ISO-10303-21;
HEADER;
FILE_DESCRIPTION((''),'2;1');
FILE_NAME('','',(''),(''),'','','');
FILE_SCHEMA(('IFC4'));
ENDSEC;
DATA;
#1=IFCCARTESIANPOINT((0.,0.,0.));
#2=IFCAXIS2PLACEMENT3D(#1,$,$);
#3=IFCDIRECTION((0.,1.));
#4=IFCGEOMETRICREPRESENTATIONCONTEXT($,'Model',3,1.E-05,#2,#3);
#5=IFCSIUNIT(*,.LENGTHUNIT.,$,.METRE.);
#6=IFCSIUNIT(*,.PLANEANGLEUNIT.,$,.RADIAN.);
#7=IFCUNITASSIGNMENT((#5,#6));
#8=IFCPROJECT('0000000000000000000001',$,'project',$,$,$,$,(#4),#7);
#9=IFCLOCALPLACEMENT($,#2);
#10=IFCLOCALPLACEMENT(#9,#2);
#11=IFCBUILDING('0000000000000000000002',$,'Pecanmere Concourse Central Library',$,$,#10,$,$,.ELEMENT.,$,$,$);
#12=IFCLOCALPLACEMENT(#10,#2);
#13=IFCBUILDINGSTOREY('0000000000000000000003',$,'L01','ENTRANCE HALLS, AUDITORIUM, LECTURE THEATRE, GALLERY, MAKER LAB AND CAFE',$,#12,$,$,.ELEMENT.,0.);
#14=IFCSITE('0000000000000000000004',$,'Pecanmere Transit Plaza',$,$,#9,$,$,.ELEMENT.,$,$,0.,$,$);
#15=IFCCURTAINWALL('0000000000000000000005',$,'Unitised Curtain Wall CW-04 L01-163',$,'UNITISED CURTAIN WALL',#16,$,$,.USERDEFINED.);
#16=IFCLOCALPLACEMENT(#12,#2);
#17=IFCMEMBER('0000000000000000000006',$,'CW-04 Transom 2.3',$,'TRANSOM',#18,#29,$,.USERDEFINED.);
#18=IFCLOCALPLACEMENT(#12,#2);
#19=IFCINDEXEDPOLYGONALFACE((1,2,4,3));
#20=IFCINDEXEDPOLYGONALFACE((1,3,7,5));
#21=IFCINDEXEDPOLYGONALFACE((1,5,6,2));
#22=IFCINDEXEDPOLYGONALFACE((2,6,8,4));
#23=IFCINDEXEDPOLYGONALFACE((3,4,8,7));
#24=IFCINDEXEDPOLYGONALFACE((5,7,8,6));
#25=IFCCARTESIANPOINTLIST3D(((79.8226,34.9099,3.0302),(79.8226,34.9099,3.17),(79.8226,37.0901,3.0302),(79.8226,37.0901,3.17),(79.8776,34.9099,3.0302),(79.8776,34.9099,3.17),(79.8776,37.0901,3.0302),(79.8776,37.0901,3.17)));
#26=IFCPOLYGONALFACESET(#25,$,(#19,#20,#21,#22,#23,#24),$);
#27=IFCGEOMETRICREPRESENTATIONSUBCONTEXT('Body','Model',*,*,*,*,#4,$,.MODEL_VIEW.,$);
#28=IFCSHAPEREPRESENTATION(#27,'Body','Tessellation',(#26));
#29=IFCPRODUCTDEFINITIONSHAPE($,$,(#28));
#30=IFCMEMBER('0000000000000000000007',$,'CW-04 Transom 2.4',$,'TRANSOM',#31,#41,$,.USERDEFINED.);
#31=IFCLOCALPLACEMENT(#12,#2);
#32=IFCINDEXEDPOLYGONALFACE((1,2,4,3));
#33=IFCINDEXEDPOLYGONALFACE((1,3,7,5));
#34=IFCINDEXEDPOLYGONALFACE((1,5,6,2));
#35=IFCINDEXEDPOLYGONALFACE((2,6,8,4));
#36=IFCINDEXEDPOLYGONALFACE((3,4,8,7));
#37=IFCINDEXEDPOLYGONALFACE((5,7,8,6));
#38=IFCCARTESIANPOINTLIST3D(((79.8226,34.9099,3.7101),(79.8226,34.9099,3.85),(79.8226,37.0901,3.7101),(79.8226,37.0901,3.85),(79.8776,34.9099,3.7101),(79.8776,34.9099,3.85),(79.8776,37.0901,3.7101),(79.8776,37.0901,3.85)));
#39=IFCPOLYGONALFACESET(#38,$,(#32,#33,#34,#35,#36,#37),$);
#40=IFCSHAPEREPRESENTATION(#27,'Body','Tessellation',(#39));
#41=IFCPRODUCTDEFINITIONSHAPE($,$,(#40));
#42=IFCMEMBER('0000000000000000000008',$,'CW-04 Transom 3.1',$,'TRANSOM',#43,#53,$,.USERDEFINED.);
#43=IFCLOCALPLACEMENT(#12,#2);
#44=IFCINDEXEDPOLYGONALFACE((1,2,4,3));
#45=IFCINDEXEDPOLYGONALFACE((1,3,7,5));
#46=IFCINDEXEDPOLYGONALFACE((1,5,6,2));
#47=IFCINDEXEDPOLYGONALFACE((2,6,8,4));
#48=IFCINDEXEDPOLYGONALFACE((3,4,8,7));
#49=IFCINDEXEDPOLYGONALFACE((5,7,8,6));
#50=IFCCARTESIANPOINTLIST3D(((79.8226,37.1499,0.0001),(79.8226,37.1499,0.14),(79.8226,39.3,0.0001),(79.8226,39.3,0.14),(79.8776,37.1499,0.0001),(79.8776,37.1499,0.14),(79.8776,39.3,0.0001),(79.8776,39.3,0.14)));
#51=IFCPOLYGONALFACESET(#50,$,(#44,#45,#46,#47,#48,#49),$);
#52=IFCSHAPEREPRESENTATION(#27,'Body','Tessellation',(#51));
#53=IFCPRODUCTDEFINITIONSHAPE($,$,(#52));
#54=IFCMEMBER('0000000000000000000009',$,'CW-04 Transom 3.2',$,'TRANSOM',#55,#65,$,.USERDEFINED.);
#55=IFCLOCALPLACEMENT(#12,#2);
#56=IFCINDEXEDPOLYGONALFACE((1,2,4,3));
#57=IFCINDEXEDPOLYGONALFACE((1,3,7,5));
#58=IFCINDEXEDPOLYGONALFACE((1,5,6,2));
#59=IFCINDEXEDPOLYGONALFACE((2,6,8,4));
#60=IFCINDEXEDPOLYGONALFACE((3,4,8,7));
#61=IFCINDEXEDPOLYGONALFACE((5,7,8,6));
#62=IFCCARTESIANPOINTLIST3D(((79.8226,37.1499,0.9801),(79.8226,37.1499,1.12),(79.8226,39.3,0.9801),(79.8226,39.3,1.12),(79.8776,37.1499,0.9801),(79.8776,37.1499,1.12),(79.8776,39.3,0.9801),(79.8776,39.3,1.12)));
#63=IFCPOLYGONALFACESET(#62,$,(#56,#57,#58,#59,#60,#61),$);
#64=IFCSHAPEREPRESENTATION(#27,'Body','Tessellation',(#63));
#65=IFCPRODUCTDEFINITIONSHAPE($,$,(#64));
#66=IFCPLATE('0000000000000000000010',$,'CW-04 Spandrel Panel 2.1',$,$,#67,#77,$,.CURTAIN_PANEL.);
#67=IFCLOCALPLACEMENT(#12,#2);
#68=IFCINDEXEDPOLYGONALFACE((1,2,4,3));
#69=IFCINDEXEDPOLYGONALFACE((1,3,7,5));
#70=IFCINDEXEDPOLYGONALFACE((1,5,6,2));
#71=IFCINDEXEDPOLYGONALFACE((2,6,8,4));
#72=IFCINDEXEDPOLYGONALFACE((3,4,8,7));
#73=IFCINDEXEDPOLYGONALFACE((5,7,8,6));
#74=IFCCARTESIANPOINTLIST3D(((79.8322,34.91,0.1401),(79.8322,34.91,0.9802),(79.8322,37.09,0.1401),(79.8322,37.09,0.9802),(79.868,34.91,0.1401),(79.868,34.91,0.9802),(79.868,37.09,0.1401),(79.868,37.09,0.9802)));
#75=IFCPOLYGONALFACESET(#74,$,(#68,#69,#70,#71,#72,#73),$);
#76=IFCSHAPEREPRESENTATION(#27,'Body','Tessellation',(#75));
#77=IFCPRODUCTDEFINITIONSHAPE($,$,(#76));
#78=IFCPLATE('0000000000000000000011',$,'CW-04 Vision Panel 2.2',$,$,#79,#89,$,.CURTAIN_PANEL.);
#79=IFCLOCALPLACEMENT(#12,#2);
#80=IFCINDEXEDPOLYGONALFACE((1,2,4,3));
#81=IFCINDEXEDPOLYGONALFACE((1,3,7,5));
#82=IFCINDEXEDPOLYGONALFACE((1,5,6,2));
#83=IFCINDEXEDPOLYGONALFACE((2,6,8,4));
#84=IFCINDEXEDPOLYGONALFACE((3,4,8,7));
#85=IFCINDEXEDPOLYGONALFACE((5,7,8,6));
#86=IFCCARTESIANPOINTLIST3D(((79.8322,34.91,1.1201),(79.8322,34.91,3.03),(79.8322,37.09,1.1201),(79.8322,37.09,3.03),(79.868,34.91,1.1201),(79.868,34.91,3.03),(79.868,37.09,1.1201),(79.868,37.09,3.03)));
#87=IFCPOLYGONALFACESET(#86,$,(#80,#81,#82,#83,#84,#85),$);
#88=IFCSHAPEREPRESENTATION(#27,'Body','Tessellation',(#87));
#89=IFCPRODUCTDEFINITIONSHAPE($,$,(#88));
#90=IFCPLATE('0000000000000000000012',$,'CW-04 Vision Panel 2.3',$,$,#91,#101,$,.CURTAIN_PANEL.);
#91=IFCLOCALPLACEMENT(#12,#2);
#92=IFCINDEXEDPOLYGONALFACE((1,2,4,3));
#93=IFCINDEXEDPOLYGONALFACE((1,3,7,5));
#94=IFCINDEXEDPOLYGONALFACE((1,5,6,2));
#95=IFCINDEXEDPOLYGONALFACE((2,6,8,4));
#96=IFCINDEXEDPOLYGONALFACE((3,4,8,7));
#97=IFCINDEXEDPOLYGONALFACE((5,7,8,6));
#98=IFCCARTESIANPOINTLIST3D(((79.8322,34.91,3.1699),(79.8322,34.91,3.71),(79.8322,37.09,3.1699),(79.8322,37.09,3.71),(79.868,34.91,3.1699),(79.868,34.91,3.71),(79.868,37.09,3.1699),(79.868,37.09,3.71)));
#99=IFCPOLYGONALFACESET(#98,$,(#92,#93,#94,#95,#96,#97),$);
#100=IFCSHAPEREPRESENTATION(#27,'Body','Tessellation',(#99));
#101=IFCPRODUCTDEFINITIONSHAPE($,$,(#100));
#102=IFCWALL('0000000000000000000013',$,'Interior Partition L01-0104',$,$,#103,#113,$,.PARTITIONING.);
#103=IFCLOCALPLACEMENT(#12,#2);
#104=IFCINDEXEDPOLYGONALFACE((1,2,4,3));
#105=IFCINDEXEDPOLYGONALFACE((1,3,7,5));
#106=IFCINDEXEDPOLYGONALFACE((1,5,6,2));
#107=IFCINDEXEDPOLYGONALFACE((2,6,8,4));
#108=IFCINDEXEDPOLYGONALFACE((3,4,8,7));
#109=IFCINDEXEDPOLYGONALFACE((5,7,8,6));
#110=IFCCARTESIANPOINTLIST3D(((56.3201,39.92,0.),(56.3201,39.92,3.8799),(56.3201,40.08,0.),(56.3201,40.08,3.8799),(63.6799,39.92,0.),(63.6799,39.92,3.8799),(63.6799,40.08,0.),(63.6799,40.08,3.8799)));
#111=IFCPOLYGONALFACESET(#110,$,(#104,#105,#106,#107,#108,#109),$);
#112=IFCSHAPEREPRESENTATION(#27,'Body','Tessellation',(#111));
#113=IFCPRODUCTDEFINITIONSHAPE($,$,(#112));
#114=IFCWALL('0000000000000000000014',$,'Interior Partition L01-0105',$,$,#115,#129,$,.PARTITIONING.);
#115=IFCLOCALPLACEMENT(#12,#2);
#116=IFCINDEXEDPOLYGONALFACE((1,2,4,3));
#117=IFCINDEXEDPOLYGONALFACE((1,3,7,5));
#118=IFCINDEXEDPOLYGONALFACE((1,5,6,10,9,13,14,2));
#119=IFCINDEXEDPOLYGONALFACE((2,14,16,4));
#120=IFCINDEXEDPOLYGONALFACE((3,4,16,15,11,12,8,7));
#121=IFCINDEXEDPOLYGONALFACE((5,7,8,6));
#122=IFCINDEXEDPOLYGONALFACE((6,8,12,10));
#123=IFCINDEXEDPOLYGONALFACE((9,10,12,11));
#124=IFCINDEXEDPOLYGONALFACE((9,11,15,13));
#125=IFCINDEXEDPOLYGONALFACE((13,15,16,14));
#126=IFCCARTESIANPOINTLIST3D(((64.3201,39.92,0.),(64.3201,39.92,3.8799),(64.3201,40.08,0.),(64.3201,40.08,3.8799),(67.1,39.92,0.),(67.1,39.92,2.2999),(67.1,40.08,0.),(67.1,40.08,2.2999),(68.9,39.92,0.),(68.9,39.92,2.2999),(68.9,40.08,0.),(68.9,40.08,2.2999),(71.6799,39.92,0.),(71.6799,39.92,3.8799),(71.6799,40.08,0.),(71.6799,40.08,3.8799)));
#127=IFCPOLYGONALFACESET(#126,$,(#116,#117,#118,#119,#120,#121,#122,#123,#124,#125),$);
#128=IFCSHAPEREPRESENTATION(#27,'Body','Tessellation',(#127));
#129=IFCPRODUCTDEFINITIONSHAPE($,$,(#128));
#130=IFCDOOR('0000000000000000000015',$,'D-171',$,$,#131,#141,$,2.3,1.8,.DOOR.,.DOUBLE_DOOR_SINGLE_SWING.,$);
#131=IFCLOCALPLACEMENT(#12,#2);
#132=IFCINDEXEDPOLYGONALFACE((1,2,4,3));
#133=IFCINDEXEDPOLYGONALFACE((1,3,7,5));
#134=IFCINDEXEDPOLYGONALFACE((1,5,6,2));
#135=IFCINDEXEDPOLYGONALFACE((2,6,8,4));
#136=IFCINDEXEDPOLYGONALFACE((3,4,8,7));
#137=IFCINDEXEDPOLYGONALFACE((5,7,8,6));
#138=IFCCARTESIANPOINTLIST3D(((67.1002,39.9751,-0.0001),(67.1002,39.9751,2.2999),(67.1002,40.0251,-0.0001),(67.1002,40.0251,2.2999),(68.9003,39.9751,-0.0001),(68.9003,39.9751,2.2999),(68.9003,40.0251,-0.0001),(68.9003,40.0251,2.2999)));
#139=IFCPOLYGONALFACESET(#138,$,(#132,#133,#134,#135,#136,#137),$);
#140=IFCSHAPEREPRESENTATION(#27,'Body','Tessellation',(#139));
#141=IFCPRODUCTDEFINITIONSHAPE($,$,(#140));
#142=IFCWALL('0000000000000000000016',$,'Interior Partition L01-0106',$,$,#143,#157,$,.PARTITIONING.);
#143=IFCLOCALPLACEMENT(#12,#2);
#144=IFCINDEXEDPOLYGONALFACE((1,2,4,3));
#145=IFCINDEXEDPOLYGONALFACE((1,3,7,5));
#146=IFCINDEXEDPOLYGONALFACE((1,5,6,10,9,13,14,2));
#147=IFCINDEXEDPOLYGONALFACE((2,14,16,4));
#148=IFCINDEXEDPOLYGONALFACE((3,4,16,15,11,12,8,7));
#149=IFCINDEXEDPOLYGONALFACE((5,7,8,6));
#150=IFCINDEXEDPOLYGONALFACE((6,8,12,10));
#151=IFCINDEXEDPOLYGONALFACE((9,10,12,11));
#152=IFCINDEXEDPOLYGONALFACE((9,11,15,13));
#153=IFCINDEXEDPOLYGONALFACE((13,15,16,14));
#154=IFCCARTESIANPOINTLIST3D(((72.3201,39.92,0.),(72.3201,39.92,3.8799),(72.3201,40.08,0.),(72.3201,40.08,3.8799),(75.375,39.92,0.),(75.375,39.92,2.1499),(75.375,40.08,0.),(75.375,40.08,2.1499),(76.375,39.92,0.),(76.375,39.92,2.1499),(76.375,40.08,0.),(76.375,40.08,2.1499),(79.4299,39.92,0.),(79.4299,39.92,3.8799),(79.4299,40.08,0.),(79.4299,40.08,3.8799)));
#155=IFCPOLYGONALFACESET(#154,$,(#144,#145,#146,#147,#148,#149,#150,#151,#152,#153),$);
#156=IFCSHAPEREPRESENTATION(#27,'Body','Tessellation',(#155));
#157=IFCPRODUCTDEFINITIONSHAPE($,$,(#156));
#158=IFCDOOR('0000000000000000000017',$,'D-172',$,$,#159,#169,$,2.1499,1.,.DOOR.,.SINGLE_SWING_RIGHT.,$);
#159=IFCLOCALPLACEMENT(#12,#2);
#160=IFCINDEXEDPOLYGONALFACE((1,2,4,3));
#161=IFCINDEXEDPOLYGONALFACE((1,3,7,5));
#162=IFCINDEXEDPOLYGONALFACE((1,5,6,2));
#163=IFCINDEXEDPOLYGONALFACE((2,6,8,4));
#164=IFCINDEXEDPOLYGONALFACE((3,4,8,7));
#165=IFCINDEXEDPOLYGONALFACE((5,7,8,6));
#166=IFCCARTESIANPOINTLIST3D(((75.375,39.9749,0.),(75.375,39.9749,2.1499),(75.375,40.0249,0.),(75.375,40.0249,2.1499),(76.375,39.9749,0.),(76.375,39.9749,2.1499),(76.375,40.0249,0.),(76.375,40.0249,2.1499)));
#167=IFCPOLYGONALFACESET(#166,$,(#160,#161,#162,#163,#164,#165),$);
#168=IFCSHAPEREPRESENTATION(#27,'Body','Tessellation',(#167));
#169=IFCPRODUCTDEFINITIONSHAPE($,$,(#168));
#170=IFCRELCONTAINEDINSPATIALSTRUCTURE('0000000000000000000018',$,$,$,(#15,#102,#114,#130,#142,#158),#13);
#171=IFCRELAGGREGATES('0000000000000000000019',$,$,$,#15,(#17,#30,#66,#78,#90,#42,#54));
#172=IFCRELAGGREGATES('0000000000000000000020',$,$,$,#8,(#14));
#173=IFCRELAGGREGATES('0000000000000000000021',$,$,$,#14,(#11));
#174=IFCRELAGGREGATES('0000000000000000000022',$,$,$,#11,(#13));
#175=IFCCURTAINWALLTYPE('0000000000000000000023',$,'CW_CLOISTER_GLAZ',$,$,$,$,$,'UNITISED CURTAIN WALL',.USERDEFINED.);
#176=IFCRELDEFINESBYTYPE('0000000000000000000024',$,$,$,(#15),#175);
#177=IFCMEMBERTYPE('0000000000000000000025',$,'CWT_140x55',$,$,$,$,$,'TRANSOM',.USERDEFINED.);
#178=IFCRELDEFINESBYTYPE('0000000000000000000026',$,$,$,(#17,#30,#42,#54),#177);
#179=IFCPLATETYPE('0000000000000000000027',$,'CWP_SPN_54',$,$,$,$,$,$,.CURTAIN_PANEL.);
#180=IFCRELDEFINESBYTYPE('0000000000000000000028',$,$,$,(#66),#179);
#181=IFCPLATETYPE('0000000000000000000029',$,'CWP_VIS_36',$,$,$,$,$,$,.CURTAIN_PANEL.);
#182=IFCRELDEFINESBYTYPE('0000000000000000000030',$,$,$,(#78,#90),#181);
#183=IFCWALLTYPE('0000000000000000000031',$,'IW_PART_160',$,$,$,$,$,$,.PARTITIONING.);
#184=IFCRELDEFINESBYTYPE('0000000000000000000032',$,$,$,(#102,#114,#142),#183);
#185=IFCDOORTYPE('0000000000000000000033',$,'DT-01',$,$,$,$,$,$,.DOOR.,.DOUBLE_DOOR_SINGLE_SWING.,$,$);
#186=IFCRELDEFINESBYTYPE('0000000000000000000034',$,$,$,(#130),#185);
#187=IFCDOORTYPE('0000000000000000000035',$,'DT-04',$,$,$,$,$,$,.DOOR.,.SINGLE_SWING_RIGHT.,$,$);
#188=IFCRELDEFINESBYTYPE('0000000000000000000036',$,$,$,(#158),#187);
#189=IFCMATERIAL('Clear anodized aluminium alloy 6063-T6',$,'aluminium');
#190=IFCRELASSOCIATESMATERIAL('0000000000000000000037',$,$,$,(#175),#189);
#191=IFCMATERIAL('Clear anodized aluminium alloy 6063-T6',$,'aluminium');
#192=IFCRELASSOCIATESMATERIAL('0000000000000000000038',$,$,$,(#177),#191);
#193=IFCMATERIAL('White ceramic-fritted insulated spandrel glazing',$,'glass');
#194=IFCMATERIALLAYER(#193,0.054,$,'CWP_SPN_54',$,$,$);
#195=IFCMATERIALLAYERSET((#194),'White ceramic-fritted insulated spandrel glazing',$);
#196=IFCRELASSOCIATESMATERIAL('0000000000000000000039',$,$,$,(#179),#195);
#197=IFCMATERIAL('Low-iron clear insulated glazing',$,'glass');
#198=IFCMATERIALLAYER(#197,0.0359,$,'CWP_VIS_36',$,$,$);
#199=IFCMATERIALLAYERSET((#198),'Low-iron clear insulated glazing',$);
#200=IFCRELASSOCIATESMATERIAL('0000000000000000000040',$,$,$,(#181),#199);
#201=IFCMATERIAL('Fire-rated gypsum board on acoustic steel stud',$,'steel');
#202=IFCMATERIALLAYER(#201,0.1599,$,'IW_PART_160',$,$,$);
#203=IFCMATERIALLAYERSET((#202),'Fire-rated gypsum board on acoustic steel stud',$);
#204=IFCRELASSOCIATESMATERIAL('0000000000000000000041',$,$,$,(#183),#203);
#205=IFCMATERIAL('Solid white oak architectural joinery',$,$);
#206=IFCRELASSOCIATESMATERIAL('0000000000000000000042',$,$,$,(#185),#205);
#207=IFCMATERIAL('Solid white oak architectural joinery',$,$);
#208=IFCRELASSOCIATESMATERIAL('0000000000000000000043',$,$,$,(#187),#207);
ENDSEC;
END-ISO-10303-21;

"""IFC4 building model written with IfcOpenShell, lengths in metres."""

from ifc_helpers import new_model, si_unit, direction, frame, frame_2d, origin, origin_2d, place, context, subcontext, project, spatial, rectangle, extrude, material, layer, layer_set, material_profile, profile_set, type_object, element, fill, aggregate, save


model = new_model("IFC4")

# Units and contexts
model_context = context("Model", 3, precision=1e-05, world=origin(), true_north=direction((0.0, 1.0)))
body_context = subcontext(model_context, "Body", "Model", "MODEL_VIEW")
ifc_project = project(units=[si_unit("LENGTHUNIT", "METRE"), si_unit("PLANEANGLEUNIT", "RADIAN")], contexts=[model_context])

# Site, building, storey
site_placement = place(None, origin())
site = spatial("IfcSite", under=ifc_project, at=site_placement, Name="Pecanmere Transit Plaza", CompositionType="ELEMENT", RefElevation=0.0)
building_placement = place(site_placement, origin())
building = spatial("IfcBuilding", under=site, at=building_placement, Name="Pecanmere Concourse Central Library", CompositionType="ELEMENT")
storey_placement = place(building_placement, origin())
storey = spatial("IfcBuildingStorey", under=building, at=storey_placement, Name="L01", Description="ENTRANCE HALLS, AUDITORIUM, LECTURE THEATRE, GALLERY, MAKER LAB AND CAFE", CompositionType="ELEMENT", Elevation=0.0)

# Curtain wall, members, plates
ifc_material_1 = material(Name="Clear anodized aluminium alloy 6063-T6", Category="aluminium")
curtain_wall_type = type_object("IfcCurtainWallType", Name="CW_CLOISTER_GLAZ", ElementType="UNITISED CURTAIN WALL", PredefinedType="USERDEFINED", material=ifc_material_1)
curtain_wall_placement = place(storey_placement, origin())
curtain_wall = element("IfcCurtainWall", 1, at=curtain_wall_placement, inside=storey, type_object=curtain_wall_type, Name="Unitised Curtain Wall CW-04 L01-163", ObjectType="UNITISED CURTAIN WALL", PredefinedType="USERDEFINED")
ifc_material_2 = material(Name="Clear anodized aluminium alloy 6063-T6", Category="aluminium")
ifc_material_profile_1 = material_profile(ifc_material_2, rectangle(XDim=0.0549, YDim=0.1399, at=origin_2d()), Name="AL 55x140")
ifc_profile_set_1 = profile_set([ifc_material_profile_1], Name="Clear anodized aluminium alloy 6063-T6")
member_type_1 = type_object("IfcMemberType", Name="CWT_140x55", ElementType="TRANSOM", PredefinedType="USERDEFINED", material=ifc_profile_set_1)
member_1_placement = place(storey_placement, frame((79.8501, 34.9099, 3.1001), z_axis=(0.0, 1.0, 0.0), x_axis=(-1.0, 0.0, 0.0)))
member_1 = element("IfcMember", 2, at=member_1_placement, type_object=member_type_1, Name="CW-04 Transom 2.3", ObjectType="TRANSOM", PredefinedType="USERDEFINED", context=body_context, shape_type="SweptSolid", body=[
    extrude(rectangle(XDim=0.0549, YDim=0.1399, at=origin_2d()), origin(), (0.0, 0.0, 1.0), 2.1802),
])
member_2_placement = place(storey_placement, frame((79.8501, 34.9099, 3.78), z_axis=(0.0, 1.0, 0.0), x_axis=(-1.0, 0.0, 0.0)))
member_2 = element("IfcMember", 3, at=member_2_placement, type_object=member_type_1, Name="CW-04 Transom 2.4", ObjectType="TRANSOM", PredefinedType="USERDEFINED", context=body_context, shape_type="SweptSolid", body=[
    extrude(rectangle(XDim=0.0549, YDim=0.1399, at=origin_2d()), origin(), (0.0, 0.0, 1.0), 2.1802),
])
member_3_placement = place(storey_placement, frame((79.8501, 37.1499, 0.0701), z_axis=(0.0, 1.0, 0.0), x_axis=(-1.0, 0.0, 0.0)))
member_3 = element("IfcMember", 4, at=member_3_placement, type_object=member_type_1, Name="CW-04 Transom 3.1", ObjectType="TRANSOM", PredefinedType="USERDEFINED", context=body_context, shape_type="SweptSolid", body=[
    extrude(rectangle(XDim=0.0549, YDim=0.1399, at=origin_2d()), origin(), (0.0, 0.0, 1.0), 2.1501),
])
member_4_placement = place(storey_placement, frame((79.8501, 37.1499, 1.05), z_axis=(0.0, 1.0, 0.0), x_axis=(-1.0, 0.0, 0.0)))
member_4 = element("IfcMember", 5, at=member_4_placement, type_object=member_type_1, Name="CW-04 Transom 3.2", ObjectType="TRANSOM", PredefinedType="USERDEFINED", context=body_context, shape_type="SweptSolid", body=[
    extrude(rectangle(XDim=0.0549, YDim=0.1399, at=origin_2d()), origin(), (0.0, 0.0, 1.0), 2.1501),
])
ifc_material_3 = material(Name="White ceramic-fritted insulated spandrel glazing", Category="glass")
ifc_layer_1 = layer(ifc_material_3, 0.054, Name="CWP_SPN_54")
ifc_layer_set_1 = layer_set([ifc_layer_1], Name="White ceramic-fritted insulated spandrel glazing")
plate_type_1 = type_object("IfcPlateType", Name="CWP_SPN_54", PredefinedType="CURTAIN_PANEL", material=ifc_layer_set_1)
plate_1_placement = place(storey_placement, frame((79.8501, 36.0, 0.1401), z_axis=(0.0, 0.0, 1.0), x_axis=(0.0, 1.0, 0.0)))
plate_1 = element("IfcPlate", 6, at=plate_1_placement, type_object=plate_type_1, Name="CW-04 Spandrel Panel 2.1", PredefinedType="CURTAIN_PANEL", context=body_context, shape_type="SweptSolid", body=[
    extrude(rectangle(XDim=2.1799, YDim=0.0359, at=origin_2d()), origin(), (0.0, 0.0, 1.0), 0.8401),
])
ifc_material_4 = material(Name="Low-iron clear insulated glazing", Category="glass")
ifc_layer_2 = layer(ifc_material_4, 0.0359, Name="CWP_VIS_36")
ifc_layer_set_2 = layer_set([ifc_layer_2], Name="Low-iron clear insulated glazing")
plate_type_2 = type_object("IfcPlateType", Name="CWP_VIS_36", PredefinedType="CURTAIN_PANEL", material=ifc_layer_set_2)
plate_2_placement = place(storey_placement, frame((79.8501, 36.0, 1.1201), z_axis=(0.0, 0.0, 1.0), x_axis=(0.0, 1.0, 0.0)))
plate_2 = element("IfcPlate", 7, at=plate_2_placement, type_object=plate_type_2, Name="CW-04 Vision Panel 2.2", PredefinedType="CURTAIN_PANEL", context=body_context, shape_type="SweptSolid", body=[
    extrude(rectangle(XDim=2.1799, YDim=0.0359, at=origin_2d()), origin(), (0.0, 0.0, 1.0), 1.9099),
])
plate_3_placement = place(storey_placement, frame((79.8501, 36.0, 3.1699), z_axis=(0.0, 0.0, 1.0), x_axis=(0.0, 1.0, 0.0)))
plate_3 = element("IfcPlate", 8, at=plate_3_placement, type_object=plate_type_2, Name="CW-04 Vision Panel 2.3", PredefinedType="CURTAIN_PANEL", context=body_context, shape_type="SweptSolid", body=[
    extrude(rectangle(XDim=2.1799, YDim=0.0359, at=origin_2d()), origin(), (0.0, 0.0, 1.0), 0.54),
])
aggregate(curtain_wall, [member_1, member_2, plate_1, plate_2, plate_3, member_3, member_4])

# Wall
ifc_material_5 = material(Name="Fire-rated gypsum board on acoustic steel stud", Category="steel")
ifc_layer_3 = layer(ifc_material_5, 0.1599, Name="IW_PART_160")
ifc_layer_set_3 = layer_set([ifc_layer_3], Name="Fire-rated gypsum board on acoustic steel stud")
wall_type_1 = type_object("IfcWallType", Name="IW_PART_160", PredefinedType="PARTITIONING", material=ifc_layer_set_3)
wall_1_placement = place(storey_placement, frame((56.3201, 40.0, 0.0), z_axis=(0.0, 0.0, 1.0), x_axis=(1.0, 0.0, 0.0)))
element("IfcWall", 9, at=wall_1_placement, inside=storey, type_object=wall_type_1, Name="Interior Partition L01-0104", PredefinedType="PARTITIONING", context=body_context, shape_type="SweptSolid", body=[
    extrude(rectangle(XDim=7.3599, YDim=0.1599, at=frame_2d((3.6799, 0.0))), origin(), (0.0, 0.0, 1.0), 3.8799),
])

# Walls, openings, doors
wall_2_placement = place(storey_placement, frame((64.3201, 40.0, 0.0), z_axis=(0.0, 0.0, 1.0), x_axis=(1.0, 0.0, 0.0)))
wall_2 = element("IfcWall", 10, at=wall_2_placement, inside=storey, type_object=wall_type_1, Name="Interior Partition L01-0105", PredefinedType="PARTITIONING", context=body_context, shape_type="SweptSolid", body=[
    extrude(rectangle(XDim=7.3599, YDim=0.1599, at=frame_2d((3.6799, 0.0))), origin(), (0.0, 0.0, 1.0), 3.8799),
])
opening_1_placement = place(wall_2_placement, frame((2.78, 0.0, 0.0)))
opening_1 = element("IfcOpeningElement", 11, at=opening_1_placement, cuts=wall_2, PredefinedType="OPENING", context=body_context, shape_type="SweptSolid", body=[
    extrude(rectangle(XDim=1.8, YDim=2.3, at=frame_2d((0.8999, 1.1499))), frame((0.0, 0.0918, 0.0), z_axis=(0.0, -1.0, 0.0), x_axis=(1.0, 0.0, 0.0)), (0.0, 0.0, 1.0), 0.1838),
])
ifc_material_6 = material(Name="Solid white oak architectural joinery")
door_type_1 = type_object("IfcDoorType", Name="DT-01", OperationType="DOUBLE_DOOR_SINGLE_SWING", PredefinedType="DOOR", material=ifc_material_6)
door_1_placement = place(opening_1_placement, frame((1.8, 0.0, 0.0), z_axis=(0.0, 0.0, 1.0), x_axis=(-1.0, 0.0, 0.0)))
door_1 = element("IfcDoor", 12, at=door_1_placement, inside=storey, type_object=door_type_1, Name="D-171", OperationType="DOUBLE_DOOR_SINGLE_SWING", OverallHeight=2.3, OverallWidth=1.8, PredefinedType="DOOR", context=body_context, shape_type="SweptSolid", body=[
    extrude(rectangle(XDim=1.8, YDim=2.3, at=frame_2d((0.8999, 1.1499))), frame((0.0, 0.0249, 0.0), z_axis=(0.0, -1.0, 0.0), x_axis=(1.0, 0.0, 0.0)), (0.0, 0.0, 1.0), 0.05),
])
fill(opening_1, door_1)
wall_3_placement = place(storey_placement, frame((72.3201, 40.0, 0.0), z_axis=(0.0, 0.0, 1.0), x_axis=(1.0, 0.0, 0.0)))
wall_3 = element("IfcWall", 13, at=wall_3_placement, inside=storey, type_object=wall_type_1, Name="Interior Partition L01-0106", PredefinedType="PARTITIONING", context=body_context, shape_type="SweptSolid", body=[
    extrude(rectangle(XDim=7.1099, YDim=0.1599, at=frame_2d((3.5549, 0.0))), origin(), (0.0, 0.0, 1.0), 3.8799),
])
opening_2_placement = place(wall_3_placement, frame((3.0549, 0.0, 0.0)))
opening_2 = element("IfcOpeningElement", 14, at=opening_2_placement, cuts=wall_3, PredefinedType="OPENING", context=body_context, shape_type="SweptSolid", body=[
    extrude(rectangle(XDim=1.0, YDim=2.1499, at=frame_2d((0.5, 1.075))), frame((0.0, 0.0918, 0.0), z_axis=(0.0, -1.0, 0.0), x_axis=(1.0, 0.0, 0.0)), (0.0, 0.0, 1.0), 0.1838),
])
ifc_material_7 = material(Name="Solid white oak architectural joinery")
door_type_2 = type_object("IfcDoorType", Name="DT-04", OperationType="SINGLE_SWING_RIGHT", PredefinedType="DOOR", material=ifc_material_7)
door_2_placement = place(opening_2_placement, origin())
door_2 = element("IfcDoor", 15, at=door_2_placement, inside=storey, type_object=door_type_2, Name="D-172", OperationType="SINGLE_SWING_RIGHT", OverallHeight=2.1499, OverallWidth=1.0, PredefinedType="DOOR", context=body_context, shape_type="SweptSolid", body=[
    extrude(rectangle(XDim=1.0, YDim=2.1499, at=frame_2d((0.5, 1.075))), frame((0.0, 0.0249, 0.0), z_axis=(0.0, -1.0, 0.0), x_axis=(1.0, 0.0, 0.0)), (0.0, 0.0, 1.0), 0.05),
])
fill(opening_2, door_2)

save(model, "model.ifc")
